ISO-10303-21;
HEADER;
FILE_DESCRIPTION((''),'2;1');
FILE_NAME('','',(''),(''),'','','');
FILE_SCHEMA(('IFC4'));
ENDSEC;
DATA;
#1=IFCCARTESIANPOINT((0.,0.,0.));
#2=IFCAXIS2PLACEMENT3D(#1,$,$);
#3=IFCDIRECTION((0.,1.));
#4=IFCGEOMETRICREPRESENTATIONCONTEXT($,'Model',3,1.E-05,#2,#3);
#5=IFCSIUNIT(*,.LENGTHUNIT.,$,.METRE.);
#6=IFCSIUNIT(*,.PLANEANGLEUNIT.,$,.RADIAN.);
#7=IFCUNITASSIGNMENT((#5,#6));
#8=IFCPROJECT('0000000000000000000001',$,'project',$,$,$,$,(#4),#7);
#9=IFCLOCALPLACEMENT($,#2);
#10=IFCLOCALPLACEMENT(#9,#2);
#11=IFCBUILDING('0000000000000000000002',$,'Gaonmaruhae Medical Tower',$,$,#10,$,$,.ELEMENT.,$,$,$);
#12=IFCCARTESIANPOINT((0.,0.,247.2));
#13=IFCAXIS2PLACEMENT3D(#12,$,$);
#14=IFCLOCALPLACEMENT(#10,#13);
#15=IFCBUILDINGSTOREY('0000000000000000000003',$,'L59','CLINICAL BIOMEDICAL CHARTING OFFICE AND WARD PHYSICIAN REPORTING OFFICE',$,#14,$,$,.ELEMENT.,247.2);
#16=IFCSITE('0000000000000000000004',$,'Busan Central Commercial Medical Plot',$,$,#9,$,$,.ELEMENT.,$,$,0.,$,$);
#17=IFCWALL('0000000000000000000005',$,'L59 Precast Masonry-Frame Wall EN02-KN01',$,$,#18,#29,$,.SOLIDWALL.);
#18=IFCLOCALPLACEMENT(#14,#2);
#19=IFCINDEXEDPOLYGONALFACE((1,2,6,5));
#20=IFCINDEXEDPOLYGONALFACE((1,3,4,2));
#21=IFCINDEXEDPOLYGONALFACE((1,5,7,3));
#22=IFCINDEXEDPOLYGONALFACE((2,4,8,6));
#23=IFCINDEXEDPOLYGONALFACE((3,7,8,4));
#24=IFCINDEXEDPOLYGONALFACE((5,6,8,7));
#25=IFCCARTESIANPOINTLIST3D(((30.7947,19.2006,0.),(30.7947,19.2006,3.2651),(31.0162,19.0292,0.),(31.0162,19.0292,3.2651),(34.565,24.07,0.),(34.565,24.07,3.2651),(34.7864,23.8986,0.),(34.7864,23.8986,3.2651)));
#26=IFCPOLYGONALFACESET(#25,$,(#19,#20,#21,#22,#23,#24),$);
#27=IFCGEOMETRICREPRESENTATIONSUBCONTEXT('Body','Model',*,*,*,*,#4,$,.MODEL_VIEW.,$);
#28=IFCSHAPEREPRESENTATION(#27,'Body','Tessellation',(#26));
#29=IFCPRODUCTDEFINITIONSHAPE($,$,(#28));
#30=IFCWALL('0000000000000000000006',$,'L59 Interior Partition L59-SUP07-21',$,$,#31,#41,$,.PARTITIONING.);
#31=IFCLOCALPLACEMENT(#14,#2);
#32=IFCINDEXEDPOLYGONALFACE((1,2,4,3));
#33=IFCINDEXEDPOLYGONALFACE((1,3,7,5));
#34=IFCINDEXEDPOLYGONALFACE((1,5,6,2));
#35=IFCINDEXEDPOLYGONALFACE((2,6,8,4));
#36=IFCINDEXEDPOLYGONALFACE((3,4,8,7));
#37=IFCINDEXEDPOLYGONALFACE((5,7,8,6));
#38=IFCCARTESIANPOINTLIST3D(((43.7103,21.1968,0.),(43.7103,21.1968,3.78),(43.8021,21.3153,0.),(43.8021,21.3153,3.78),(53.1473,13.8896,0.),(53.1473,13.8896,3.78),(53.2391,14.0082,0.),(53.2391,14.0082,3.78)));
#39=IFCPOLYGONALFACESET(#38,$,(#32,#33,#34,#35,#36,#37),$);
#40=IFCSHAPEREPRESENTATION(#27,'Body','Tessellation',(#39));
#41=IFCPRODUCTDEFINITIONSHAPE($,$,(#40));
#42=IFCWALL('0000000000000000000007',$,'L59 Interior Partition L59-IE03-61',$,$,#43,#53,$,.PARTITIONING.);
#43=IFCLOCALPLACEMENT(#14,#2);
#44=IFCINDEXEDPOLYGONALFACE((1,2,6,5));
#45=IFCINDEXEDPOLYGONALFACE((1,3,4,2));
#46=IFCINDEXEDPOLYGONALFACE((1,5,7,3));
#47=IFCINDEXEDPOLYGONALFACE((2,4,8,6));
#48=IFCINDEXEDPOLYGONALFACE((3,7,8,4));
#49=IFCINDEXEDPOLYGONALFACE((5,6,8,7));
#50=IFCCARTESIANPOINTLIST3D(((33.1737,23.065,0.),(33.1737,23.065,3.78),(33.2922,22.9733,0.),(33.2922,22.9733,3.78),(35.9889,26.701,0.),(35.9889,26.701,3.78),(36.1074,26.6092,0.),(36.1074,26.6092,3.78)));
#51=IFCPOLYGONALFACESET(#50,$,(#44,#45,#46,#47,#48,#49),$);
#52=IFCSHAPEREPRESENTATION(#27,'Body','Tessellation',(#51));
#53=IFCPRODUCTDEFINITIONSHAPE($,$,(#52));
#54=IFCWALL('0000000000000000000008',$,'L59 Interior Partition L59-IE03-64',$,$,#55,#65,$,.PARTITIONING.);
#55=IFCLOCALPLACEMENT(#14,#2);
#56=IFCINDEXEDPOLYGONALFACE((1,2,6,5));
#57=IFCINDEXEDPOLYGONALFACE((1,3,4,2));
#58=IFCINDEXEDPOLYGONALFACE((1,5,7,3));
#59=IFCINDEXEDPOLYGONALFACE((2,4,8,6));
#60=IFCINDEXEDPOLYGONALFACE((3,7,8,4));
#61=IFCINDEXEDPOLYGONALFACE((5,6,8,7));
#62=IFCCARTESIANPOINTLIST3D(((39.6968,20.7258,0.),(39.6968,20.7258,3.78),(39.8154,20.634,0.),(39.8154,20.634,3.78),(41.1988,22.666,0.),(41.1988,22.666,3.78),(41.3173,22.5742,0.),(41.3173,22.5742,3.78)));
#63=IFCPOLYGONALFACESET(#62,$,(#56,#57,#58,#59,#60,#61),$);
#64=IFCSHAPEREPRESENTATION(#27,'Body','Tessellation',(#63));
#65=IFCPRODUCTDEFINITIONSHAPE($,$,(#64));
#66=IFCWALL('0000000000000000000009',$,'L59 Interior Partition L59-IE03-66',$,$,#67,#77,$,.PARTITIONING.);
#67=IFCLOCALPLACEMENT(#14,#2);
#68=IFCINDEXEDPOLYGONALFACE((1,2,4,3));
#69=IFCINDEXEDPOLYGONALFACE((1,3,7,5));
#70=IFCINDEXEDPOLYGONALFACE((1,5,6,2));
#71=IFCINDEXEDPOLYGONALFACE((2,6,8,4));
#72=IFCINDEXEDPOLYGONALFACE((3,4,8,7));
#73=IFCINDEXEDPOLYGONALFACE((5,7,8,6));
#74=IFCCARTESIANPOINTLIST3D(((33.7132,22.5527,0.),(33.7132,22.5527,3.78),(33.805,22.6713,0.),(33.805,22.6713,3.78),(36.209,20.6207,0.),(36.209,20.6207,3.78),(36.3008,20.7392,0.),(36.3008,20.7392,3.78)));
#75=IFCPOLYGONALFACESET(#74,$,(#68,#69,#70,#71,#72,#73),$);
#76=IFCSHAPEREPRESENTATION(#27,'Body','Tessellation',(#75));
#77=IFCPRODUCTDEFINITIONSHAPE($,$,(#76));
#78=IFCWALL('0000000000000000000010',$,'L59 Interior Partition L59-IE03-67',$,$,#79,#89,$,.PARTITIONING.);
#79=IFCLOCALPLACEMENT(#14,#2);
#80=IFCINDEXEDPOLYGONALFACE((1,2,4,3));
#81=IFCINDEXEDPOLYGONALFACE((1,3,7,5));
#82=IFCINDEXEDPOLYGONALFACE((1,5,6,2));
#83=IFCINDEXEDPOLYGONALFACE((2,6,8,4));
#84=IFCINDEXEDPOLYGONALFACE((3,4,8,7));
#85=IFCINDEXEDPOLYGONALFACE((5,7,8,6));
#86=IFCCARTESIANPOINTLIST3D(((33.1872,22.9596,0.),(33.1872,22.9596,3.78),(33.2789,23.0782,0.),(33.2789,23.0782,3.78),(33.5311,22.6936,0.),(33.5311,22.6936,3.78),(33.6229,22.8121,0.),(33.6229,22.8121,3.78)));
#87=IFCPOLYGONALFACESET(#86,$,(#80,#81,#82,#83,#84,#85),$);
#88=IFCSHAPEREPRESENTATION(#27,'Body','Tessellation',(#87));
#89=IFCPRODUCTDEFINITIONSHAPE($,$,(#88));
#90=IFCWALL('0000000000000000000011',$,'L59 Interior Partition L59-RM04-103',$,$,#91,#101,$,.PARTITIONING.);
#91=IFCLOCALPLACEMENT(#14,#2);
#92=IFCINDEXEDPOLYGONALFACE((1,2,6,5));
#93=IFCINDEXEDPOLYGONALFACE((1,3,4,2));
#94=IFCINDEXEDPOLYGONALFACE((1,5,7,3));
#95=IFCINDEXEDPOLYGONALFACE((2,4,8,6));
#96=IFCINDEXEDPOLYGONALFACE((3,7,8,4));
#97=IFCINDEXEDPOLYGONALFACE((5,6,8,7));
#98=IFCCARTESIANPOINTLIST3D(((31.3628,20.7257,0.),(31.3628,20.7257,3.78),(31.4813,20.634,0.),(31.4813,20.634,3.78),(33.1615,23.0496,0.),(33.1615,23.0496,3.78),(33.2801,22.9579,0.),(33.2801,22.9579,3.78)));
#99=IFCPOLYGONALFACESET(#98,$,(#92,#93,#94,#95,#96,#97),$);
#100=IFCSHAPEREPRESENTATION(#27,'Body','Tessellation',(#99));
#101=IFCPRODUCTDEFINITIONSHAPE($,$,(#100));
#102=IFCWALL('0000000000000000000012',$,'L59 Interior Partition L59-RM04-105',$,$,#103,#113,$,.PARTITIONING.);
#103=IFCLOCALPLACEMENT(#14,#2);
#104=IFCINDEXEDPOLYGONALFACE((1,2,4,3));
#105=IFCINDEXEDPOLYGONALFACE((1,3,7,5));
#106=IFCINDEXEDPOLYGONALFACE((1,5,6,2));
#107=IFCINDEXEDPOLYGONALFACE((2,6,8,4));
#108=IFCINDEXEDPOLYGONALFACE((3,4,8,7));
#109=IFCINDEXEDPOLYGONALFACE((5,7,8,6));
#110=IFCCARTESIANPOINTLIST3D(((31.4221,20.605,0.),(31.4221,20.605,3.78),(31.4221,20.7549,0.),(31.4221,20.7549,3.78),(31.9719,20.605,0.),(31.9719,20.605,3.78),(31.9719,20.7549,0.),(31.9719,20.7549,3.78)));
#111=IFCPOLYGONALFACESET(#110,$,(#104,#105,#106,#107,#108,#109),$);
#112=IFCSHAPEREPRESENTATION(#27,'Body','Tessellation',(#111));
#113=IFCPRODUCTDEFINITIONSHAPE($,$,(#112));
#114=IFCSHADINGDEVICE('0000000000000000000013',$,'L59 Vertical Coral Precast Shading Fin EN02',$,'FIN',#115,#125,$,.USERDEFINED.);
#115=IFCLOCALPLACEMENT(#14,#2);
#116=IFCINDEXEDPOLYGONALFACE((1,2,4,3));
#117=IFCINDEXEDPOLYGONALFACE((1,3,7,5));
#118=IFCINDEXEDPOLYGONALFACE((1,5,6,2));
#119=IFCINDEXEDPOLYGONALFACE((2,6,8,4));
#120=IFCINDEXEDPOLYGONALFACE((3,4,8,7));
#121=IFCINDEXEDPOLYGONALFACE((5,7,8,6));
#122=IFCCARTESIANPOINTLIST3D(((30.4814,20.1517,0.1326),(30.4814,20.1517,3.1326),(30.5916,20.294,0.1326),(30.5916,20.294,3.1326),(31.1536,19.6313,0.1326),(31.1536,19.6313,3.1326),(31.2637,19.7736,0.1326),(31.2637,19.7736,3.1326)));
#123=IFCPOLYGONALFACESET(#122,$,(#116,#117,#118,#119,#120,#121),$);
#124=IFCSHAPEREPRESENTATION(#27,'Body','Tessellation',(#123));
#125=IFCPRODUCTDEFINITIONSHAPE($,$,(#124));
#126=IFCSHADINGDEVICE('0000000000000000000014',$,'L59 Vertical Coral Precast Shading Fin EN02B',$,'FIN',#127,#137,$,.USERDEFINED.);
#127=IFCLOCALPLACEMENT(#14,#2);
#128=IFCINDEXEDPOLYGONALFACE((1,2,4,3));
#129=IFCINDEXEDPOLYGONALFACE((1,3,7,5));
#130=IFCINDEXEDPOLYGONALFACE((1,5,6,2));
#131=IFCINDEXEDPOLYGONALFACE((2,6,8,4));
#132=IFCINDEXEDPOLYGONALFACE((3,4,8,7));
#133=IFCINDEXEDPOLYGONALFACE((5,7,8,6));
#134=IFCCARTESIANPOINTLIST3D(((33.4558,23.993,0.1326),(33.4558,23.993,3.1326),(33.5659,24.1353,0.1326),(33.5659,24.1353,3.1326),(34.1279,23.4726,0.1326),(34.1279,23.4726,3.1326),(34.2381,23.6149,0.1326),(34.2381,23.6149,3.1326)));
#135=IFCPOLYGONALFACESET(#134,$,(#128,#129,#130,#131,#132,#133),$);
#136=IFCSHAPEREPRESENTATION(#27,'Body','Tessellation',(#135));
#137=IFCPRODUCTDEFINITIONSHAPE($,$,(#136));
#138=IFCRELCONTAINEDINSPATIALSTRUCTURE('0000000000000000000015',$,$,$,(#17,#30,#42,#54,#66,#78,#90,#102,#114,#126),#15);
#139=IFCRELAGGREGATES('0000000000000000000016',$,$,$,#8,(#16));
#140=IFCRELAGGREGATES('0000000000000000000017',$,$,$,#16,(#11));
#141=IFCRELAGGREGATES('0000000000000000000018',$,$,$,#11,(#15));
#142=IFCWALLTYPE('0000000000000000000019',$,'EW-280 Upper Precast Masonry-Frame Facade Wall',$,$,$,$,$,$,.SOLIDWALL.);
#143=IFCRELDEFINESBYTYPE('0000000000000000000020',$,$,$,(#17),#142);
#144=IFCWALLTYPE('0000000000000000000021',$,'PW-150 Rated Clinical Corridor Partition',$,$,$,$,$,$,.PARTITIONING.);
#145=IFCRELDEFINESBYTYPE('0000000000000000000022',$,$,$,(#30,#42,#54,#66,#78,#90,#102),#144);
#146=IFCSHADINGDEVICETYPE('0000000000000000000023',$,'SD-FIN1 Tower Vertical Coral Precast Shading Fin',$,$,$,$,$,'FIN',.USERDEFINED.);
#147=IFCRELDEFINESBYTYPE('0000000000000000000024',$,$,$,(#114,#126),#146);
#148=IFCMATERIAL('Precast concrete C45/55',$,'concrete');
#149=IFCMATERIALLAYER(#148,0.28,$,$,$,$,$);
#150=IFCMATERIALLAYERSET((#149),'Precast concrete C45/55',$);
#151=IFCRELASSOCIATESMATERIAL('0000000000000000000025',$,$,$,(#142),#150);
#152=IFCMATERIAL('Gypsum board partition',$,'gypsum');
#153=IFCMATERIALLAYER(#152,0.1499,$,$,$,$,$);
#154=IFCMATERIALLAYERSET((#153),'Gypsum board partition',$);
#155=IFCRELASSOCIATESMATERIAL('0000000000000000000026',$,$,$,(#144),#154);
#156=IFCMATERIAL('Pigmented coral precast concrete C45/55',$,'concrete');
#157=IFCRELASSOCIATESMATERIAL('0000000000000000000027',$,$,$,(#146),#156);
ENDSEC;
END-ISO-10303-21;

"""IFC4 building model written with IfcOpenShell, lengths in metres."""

from ifc_helpers import new_model, si_unit, direction, frame, frame_2d, origin, origin_2d, place, context, subcontext, project, spatial, rectangle, extrude, material, layer, layer_set, type_object, element, save


model = new_model("IFC4")

# Units and contexts
model_context = context("Model", 3, precision=1e-05, world=origin(), true_north=direction((0.0, 1.0)))
body_context = subcontext(model_context, "Body", "Model", "MODEL_VIEW")
ifc_project = project(units=[si_unit("LENGTHUNIT", "METRE"), si_unit("PLANEANGLEUNIT", "RADIAN")], contexts=[model_context])

# Site, building, storey
site_placement = place(None, origin())
site = spatial("IfcSite", under=ifc_project, at=site_placement, Name="Busan Central Commercial Medical Plot", CompositionType="ELEMENT", RefElevation=0.0)
building_placement = place(site_placement, origin())
building = spatial("IfcBuilding", under=site, at=building_placement, Name="Gaonmaruhae Medical Tower", CompositionType="ELEMENT")
storey_placement = place(building_placement, frame((0.0, 0.0, 247.2)))
storey = spatial("IfcBuildingStorey", under=building, at=storey_placement, Name="L59", Description="CLINICAL BIOMEDICAL CHARTING OFFICE AND WARD PHYSICIAN REPORTING OFFICE", CompositionType="ELEMENT", Elevation=247.2)

# Shared definitions
ifc_material_1 = material(Name="Precast concrete C45/55", Category="concrete")
ifc_layer_1 = layer(ifc_material_1, 0.28)
ifc_layer_set_1 = layer_set([ifc_layer_1], Name="Precast concrete C45/55")
wall_type_1 = type_object("IfcWallType", Name="EW-280 Upper Precast Masonry-Frame Facade Wall", PredefinedType="SOLIDWALL", material=ifc_layer_set_1)

# Walls
wall_1_placement = place(storey_placement, frame((30.9055, 19.115, 0.0), z_axis=(0.0, 0.0, 1.0), x_axis=(0.612216, 0.790691, 0.0)))
element("IfcWall", 1, at=wall_1_placement, inside=storey, type_object=wall_type_1, Name="L59 Precast Masonry-Frame Wall EN02-KN01", PredefinedType="SOLIDWALL", context=body_context, shape_type="SweptSolid", body=[
    extrude(rectangle(XDim=6.1584, YDim=0.28, at=frame_2d((3.0791, 0.0))), origin(), (0.0, 0.0, 1.0), 3.2651),
])
ifc_material_2 = material(Name="Gypsum board partition", Category="gypsum")
ifc_layer_2 = layer(ifc_material_2, 0.1499)
ifc_layer_set_2 = layer_set([ifc_layer_2], Name="Gypsum board partition")
wall_type_2 = type_object("IfcWallType", Name="PW-150 Rated Clinical Corridor Partition", PredefinedType="PARTITIONING", material=ifc_layer_set_2)
wall_2_placement = place(storey_placement, frame((43.7561, 21.2561, 0.0), z_axis=(0.0, 0.0, 1.0), x_axis=(0.790681, -0.612228, 0.0)))
element("IfcWall", 2, at=wall_2_placement, inside=storey, type_object=wall_type_2, Name="L59 Interior Partition L59-SUP07-21", PredefinedType="PARTITIONING", context=body_context, shape_type="SweptSolid", body=[
    extrude(rectangle(XDim=11.9353, YDim=0.1499, at=frame_2d((5.9678, 0.0))), origin(), (0.0, 0.0, 1.0), 3.78),
])

# Walls
wall_3_placement = place(storey_placement, frame((33.2329, 23.019, 0.0), z_axis=(0.0, 0.0, 1.0), x_axis=(0.612204, 0.7907, 0.0)))
element("IfcWall", 3, at=wall_3_placement, inside=storey, type_object=wall_type_2, Name="L59 Interior Partition L59-IE03-61", PredefinedType="PARTITIONING", context=body_context, shape_type="SweptSolid", body=[
    extrude(rectangle(XDim=4.5984, YDim=0.1499, at=frame_2d((2.2993, 0.0))), origin(), (0.0, 0.0, 1.0), 3.78),
])
wall_4_placement = place(storey_placement, frame((41.2581, 22.6201, 0.0), z_axis=(0.0, 0.0, 1.0), x_axis=(-0.612141, -0.790749, 0.0)))
element("IfcWall", 4, at=wall_4_placement, inside=storey, type_object=wall_type_2, Name="L59 Interior Partition L59-IE03-64", PredefinedType="PARTITIONING", context=body_context, shape_type="SweptSolid", body=[
    extrude(rectangle(XDim=2.4536, YDim=0.1499, at=frame_2d((1.2268, 0.0))), origin(), (0.0, 0.0, 1.0), 3.78),
])

# Walls
wall_5_placement = place(storey_placement, frame((36.2549, 20.6799, 0.0), z_axis=(0.0, 0.0, 1.0), x_axis=(-0.790745, 0.612145, 0.0)))
element("IfcWall", 5, at=wall_5_placement, inside=storey, type_object=wall_type_2, Name="L59 Interior Partition L59-IE03-66", PredefinedType="PARTITIONING", context=body_context, shape_type="SweptSolid", body=[
    extrude(rectangle(XDim=3.1562, YDim=0.1499, at=frame_2d((1.5781, 0.0))), origin(), (0.0, 0.0, 1.0), 3.78),
])
wall_6_placement = place(storey_placement, frame((33.5769, 22.7529, 0.0), z_axis=(0.0, 0.0, 1.0), x_axis=(-0.790952, 0.611879, 0.0)))
element("IfcWall", 6, at=wall_6_placement, inside=storey, type_object=wall_type_2, Name="L59 Interior Partition L59-IE03-67", PredefinedType="PARTITIONING", context=body_context, shape_type="SweptSolid", body=[
    extrude(rectangle(XDim=0.4348, YDim=0.1499, at=frame_2d((0.2173, 0.0))), origin(), (0.0, 0.0, 1.0), 3.78),
])
wall_7_placement = place(storey_placement, frame((31.4221, 20.6799, 0.0), z_axis=(0.0, 0.0, 1.0), x_axis=(0.612093, 0.790786, 0.0)))
element("IfcWall", 7, at=wall_7_placement, inside=storey, type_object=wall_type_2, Name="L59 Interior Partition L59-RM04-103", PredefinedType="PARTITIONING", context=body_context, shape_type="SweptSolid", body=[
    extrude(rectangle(XDim=2.9387, YDim=0.1499, at=frame_2d((1.4692, 0.0))), origin(), (0.0, 0.0, 1.0), 3.78),
])

# Wall
wall_8_placement = place(storey_placement, frame((31.9719, 20.6799, 0.0), z_axis=(0.0, 0.0, 1.0), x_axis=(-1.0, 0.0, 0.0)))
element("IfcWall", 8, at=wall_8_placement, inside=storey, type_object=wall_type_2, Name="L59 Interior Partition L59-RM04-105", PredefinedType="PARTITIONING", context=body_context, shape_type="SweptSolid", body=[
    extrude(rectangle(XDim=0.5498, YDim=0.1499, at=frame_2d((0.2749, 0.0))), origin(), (0.0, 0.0, 1.0), 3.78),
])

# Shading devices
ifc_material_3 = material(Name="Pigmented coral precast concrete C45/55", Category="concrete")
shading_device_type = type_object("IfcShadingDeviceType", Name="SD-FIN1 Tower Vertical Coral Precast Shading Fin", ElementType="FIN", PredefinedType="USERDEFINED", material=ifc_material_3)
for number, where, z_axis, x_axis, name in (
    (9, (30.8726, 19.9626, 0.1326), (0.0, 0.0, 1.0), (0.612217, 0.79069, 0.0), "L59 Vertical Coral Precast Shading Fin EN02"),
    (10, (33.8469, 23.804, 0.1326), (0.0, 0.0, 1.0), (0.612217, 0.79069, 0.0), "L59 Vertical Coral Precast Shading Fin EN02B"),
):
    element("IfcShadingDevice", number, at=place(storey_placement, frame(where, z_axis=z_axis, x_axis=x_axis)), inside=storey, type_object=shading_device_type, Name=name, ObjectType="FIN", PredefinedType="USERDEFINED", context=body_context, shape_type="SweptSolid", body=[
        extrude(rectangle(XDim=0.1799, YDim=0.8501, at=origin_2d()), origin(), (0.0, 0.0, 1.0), 3.0),
    ])

save(model, "model.ifc")
